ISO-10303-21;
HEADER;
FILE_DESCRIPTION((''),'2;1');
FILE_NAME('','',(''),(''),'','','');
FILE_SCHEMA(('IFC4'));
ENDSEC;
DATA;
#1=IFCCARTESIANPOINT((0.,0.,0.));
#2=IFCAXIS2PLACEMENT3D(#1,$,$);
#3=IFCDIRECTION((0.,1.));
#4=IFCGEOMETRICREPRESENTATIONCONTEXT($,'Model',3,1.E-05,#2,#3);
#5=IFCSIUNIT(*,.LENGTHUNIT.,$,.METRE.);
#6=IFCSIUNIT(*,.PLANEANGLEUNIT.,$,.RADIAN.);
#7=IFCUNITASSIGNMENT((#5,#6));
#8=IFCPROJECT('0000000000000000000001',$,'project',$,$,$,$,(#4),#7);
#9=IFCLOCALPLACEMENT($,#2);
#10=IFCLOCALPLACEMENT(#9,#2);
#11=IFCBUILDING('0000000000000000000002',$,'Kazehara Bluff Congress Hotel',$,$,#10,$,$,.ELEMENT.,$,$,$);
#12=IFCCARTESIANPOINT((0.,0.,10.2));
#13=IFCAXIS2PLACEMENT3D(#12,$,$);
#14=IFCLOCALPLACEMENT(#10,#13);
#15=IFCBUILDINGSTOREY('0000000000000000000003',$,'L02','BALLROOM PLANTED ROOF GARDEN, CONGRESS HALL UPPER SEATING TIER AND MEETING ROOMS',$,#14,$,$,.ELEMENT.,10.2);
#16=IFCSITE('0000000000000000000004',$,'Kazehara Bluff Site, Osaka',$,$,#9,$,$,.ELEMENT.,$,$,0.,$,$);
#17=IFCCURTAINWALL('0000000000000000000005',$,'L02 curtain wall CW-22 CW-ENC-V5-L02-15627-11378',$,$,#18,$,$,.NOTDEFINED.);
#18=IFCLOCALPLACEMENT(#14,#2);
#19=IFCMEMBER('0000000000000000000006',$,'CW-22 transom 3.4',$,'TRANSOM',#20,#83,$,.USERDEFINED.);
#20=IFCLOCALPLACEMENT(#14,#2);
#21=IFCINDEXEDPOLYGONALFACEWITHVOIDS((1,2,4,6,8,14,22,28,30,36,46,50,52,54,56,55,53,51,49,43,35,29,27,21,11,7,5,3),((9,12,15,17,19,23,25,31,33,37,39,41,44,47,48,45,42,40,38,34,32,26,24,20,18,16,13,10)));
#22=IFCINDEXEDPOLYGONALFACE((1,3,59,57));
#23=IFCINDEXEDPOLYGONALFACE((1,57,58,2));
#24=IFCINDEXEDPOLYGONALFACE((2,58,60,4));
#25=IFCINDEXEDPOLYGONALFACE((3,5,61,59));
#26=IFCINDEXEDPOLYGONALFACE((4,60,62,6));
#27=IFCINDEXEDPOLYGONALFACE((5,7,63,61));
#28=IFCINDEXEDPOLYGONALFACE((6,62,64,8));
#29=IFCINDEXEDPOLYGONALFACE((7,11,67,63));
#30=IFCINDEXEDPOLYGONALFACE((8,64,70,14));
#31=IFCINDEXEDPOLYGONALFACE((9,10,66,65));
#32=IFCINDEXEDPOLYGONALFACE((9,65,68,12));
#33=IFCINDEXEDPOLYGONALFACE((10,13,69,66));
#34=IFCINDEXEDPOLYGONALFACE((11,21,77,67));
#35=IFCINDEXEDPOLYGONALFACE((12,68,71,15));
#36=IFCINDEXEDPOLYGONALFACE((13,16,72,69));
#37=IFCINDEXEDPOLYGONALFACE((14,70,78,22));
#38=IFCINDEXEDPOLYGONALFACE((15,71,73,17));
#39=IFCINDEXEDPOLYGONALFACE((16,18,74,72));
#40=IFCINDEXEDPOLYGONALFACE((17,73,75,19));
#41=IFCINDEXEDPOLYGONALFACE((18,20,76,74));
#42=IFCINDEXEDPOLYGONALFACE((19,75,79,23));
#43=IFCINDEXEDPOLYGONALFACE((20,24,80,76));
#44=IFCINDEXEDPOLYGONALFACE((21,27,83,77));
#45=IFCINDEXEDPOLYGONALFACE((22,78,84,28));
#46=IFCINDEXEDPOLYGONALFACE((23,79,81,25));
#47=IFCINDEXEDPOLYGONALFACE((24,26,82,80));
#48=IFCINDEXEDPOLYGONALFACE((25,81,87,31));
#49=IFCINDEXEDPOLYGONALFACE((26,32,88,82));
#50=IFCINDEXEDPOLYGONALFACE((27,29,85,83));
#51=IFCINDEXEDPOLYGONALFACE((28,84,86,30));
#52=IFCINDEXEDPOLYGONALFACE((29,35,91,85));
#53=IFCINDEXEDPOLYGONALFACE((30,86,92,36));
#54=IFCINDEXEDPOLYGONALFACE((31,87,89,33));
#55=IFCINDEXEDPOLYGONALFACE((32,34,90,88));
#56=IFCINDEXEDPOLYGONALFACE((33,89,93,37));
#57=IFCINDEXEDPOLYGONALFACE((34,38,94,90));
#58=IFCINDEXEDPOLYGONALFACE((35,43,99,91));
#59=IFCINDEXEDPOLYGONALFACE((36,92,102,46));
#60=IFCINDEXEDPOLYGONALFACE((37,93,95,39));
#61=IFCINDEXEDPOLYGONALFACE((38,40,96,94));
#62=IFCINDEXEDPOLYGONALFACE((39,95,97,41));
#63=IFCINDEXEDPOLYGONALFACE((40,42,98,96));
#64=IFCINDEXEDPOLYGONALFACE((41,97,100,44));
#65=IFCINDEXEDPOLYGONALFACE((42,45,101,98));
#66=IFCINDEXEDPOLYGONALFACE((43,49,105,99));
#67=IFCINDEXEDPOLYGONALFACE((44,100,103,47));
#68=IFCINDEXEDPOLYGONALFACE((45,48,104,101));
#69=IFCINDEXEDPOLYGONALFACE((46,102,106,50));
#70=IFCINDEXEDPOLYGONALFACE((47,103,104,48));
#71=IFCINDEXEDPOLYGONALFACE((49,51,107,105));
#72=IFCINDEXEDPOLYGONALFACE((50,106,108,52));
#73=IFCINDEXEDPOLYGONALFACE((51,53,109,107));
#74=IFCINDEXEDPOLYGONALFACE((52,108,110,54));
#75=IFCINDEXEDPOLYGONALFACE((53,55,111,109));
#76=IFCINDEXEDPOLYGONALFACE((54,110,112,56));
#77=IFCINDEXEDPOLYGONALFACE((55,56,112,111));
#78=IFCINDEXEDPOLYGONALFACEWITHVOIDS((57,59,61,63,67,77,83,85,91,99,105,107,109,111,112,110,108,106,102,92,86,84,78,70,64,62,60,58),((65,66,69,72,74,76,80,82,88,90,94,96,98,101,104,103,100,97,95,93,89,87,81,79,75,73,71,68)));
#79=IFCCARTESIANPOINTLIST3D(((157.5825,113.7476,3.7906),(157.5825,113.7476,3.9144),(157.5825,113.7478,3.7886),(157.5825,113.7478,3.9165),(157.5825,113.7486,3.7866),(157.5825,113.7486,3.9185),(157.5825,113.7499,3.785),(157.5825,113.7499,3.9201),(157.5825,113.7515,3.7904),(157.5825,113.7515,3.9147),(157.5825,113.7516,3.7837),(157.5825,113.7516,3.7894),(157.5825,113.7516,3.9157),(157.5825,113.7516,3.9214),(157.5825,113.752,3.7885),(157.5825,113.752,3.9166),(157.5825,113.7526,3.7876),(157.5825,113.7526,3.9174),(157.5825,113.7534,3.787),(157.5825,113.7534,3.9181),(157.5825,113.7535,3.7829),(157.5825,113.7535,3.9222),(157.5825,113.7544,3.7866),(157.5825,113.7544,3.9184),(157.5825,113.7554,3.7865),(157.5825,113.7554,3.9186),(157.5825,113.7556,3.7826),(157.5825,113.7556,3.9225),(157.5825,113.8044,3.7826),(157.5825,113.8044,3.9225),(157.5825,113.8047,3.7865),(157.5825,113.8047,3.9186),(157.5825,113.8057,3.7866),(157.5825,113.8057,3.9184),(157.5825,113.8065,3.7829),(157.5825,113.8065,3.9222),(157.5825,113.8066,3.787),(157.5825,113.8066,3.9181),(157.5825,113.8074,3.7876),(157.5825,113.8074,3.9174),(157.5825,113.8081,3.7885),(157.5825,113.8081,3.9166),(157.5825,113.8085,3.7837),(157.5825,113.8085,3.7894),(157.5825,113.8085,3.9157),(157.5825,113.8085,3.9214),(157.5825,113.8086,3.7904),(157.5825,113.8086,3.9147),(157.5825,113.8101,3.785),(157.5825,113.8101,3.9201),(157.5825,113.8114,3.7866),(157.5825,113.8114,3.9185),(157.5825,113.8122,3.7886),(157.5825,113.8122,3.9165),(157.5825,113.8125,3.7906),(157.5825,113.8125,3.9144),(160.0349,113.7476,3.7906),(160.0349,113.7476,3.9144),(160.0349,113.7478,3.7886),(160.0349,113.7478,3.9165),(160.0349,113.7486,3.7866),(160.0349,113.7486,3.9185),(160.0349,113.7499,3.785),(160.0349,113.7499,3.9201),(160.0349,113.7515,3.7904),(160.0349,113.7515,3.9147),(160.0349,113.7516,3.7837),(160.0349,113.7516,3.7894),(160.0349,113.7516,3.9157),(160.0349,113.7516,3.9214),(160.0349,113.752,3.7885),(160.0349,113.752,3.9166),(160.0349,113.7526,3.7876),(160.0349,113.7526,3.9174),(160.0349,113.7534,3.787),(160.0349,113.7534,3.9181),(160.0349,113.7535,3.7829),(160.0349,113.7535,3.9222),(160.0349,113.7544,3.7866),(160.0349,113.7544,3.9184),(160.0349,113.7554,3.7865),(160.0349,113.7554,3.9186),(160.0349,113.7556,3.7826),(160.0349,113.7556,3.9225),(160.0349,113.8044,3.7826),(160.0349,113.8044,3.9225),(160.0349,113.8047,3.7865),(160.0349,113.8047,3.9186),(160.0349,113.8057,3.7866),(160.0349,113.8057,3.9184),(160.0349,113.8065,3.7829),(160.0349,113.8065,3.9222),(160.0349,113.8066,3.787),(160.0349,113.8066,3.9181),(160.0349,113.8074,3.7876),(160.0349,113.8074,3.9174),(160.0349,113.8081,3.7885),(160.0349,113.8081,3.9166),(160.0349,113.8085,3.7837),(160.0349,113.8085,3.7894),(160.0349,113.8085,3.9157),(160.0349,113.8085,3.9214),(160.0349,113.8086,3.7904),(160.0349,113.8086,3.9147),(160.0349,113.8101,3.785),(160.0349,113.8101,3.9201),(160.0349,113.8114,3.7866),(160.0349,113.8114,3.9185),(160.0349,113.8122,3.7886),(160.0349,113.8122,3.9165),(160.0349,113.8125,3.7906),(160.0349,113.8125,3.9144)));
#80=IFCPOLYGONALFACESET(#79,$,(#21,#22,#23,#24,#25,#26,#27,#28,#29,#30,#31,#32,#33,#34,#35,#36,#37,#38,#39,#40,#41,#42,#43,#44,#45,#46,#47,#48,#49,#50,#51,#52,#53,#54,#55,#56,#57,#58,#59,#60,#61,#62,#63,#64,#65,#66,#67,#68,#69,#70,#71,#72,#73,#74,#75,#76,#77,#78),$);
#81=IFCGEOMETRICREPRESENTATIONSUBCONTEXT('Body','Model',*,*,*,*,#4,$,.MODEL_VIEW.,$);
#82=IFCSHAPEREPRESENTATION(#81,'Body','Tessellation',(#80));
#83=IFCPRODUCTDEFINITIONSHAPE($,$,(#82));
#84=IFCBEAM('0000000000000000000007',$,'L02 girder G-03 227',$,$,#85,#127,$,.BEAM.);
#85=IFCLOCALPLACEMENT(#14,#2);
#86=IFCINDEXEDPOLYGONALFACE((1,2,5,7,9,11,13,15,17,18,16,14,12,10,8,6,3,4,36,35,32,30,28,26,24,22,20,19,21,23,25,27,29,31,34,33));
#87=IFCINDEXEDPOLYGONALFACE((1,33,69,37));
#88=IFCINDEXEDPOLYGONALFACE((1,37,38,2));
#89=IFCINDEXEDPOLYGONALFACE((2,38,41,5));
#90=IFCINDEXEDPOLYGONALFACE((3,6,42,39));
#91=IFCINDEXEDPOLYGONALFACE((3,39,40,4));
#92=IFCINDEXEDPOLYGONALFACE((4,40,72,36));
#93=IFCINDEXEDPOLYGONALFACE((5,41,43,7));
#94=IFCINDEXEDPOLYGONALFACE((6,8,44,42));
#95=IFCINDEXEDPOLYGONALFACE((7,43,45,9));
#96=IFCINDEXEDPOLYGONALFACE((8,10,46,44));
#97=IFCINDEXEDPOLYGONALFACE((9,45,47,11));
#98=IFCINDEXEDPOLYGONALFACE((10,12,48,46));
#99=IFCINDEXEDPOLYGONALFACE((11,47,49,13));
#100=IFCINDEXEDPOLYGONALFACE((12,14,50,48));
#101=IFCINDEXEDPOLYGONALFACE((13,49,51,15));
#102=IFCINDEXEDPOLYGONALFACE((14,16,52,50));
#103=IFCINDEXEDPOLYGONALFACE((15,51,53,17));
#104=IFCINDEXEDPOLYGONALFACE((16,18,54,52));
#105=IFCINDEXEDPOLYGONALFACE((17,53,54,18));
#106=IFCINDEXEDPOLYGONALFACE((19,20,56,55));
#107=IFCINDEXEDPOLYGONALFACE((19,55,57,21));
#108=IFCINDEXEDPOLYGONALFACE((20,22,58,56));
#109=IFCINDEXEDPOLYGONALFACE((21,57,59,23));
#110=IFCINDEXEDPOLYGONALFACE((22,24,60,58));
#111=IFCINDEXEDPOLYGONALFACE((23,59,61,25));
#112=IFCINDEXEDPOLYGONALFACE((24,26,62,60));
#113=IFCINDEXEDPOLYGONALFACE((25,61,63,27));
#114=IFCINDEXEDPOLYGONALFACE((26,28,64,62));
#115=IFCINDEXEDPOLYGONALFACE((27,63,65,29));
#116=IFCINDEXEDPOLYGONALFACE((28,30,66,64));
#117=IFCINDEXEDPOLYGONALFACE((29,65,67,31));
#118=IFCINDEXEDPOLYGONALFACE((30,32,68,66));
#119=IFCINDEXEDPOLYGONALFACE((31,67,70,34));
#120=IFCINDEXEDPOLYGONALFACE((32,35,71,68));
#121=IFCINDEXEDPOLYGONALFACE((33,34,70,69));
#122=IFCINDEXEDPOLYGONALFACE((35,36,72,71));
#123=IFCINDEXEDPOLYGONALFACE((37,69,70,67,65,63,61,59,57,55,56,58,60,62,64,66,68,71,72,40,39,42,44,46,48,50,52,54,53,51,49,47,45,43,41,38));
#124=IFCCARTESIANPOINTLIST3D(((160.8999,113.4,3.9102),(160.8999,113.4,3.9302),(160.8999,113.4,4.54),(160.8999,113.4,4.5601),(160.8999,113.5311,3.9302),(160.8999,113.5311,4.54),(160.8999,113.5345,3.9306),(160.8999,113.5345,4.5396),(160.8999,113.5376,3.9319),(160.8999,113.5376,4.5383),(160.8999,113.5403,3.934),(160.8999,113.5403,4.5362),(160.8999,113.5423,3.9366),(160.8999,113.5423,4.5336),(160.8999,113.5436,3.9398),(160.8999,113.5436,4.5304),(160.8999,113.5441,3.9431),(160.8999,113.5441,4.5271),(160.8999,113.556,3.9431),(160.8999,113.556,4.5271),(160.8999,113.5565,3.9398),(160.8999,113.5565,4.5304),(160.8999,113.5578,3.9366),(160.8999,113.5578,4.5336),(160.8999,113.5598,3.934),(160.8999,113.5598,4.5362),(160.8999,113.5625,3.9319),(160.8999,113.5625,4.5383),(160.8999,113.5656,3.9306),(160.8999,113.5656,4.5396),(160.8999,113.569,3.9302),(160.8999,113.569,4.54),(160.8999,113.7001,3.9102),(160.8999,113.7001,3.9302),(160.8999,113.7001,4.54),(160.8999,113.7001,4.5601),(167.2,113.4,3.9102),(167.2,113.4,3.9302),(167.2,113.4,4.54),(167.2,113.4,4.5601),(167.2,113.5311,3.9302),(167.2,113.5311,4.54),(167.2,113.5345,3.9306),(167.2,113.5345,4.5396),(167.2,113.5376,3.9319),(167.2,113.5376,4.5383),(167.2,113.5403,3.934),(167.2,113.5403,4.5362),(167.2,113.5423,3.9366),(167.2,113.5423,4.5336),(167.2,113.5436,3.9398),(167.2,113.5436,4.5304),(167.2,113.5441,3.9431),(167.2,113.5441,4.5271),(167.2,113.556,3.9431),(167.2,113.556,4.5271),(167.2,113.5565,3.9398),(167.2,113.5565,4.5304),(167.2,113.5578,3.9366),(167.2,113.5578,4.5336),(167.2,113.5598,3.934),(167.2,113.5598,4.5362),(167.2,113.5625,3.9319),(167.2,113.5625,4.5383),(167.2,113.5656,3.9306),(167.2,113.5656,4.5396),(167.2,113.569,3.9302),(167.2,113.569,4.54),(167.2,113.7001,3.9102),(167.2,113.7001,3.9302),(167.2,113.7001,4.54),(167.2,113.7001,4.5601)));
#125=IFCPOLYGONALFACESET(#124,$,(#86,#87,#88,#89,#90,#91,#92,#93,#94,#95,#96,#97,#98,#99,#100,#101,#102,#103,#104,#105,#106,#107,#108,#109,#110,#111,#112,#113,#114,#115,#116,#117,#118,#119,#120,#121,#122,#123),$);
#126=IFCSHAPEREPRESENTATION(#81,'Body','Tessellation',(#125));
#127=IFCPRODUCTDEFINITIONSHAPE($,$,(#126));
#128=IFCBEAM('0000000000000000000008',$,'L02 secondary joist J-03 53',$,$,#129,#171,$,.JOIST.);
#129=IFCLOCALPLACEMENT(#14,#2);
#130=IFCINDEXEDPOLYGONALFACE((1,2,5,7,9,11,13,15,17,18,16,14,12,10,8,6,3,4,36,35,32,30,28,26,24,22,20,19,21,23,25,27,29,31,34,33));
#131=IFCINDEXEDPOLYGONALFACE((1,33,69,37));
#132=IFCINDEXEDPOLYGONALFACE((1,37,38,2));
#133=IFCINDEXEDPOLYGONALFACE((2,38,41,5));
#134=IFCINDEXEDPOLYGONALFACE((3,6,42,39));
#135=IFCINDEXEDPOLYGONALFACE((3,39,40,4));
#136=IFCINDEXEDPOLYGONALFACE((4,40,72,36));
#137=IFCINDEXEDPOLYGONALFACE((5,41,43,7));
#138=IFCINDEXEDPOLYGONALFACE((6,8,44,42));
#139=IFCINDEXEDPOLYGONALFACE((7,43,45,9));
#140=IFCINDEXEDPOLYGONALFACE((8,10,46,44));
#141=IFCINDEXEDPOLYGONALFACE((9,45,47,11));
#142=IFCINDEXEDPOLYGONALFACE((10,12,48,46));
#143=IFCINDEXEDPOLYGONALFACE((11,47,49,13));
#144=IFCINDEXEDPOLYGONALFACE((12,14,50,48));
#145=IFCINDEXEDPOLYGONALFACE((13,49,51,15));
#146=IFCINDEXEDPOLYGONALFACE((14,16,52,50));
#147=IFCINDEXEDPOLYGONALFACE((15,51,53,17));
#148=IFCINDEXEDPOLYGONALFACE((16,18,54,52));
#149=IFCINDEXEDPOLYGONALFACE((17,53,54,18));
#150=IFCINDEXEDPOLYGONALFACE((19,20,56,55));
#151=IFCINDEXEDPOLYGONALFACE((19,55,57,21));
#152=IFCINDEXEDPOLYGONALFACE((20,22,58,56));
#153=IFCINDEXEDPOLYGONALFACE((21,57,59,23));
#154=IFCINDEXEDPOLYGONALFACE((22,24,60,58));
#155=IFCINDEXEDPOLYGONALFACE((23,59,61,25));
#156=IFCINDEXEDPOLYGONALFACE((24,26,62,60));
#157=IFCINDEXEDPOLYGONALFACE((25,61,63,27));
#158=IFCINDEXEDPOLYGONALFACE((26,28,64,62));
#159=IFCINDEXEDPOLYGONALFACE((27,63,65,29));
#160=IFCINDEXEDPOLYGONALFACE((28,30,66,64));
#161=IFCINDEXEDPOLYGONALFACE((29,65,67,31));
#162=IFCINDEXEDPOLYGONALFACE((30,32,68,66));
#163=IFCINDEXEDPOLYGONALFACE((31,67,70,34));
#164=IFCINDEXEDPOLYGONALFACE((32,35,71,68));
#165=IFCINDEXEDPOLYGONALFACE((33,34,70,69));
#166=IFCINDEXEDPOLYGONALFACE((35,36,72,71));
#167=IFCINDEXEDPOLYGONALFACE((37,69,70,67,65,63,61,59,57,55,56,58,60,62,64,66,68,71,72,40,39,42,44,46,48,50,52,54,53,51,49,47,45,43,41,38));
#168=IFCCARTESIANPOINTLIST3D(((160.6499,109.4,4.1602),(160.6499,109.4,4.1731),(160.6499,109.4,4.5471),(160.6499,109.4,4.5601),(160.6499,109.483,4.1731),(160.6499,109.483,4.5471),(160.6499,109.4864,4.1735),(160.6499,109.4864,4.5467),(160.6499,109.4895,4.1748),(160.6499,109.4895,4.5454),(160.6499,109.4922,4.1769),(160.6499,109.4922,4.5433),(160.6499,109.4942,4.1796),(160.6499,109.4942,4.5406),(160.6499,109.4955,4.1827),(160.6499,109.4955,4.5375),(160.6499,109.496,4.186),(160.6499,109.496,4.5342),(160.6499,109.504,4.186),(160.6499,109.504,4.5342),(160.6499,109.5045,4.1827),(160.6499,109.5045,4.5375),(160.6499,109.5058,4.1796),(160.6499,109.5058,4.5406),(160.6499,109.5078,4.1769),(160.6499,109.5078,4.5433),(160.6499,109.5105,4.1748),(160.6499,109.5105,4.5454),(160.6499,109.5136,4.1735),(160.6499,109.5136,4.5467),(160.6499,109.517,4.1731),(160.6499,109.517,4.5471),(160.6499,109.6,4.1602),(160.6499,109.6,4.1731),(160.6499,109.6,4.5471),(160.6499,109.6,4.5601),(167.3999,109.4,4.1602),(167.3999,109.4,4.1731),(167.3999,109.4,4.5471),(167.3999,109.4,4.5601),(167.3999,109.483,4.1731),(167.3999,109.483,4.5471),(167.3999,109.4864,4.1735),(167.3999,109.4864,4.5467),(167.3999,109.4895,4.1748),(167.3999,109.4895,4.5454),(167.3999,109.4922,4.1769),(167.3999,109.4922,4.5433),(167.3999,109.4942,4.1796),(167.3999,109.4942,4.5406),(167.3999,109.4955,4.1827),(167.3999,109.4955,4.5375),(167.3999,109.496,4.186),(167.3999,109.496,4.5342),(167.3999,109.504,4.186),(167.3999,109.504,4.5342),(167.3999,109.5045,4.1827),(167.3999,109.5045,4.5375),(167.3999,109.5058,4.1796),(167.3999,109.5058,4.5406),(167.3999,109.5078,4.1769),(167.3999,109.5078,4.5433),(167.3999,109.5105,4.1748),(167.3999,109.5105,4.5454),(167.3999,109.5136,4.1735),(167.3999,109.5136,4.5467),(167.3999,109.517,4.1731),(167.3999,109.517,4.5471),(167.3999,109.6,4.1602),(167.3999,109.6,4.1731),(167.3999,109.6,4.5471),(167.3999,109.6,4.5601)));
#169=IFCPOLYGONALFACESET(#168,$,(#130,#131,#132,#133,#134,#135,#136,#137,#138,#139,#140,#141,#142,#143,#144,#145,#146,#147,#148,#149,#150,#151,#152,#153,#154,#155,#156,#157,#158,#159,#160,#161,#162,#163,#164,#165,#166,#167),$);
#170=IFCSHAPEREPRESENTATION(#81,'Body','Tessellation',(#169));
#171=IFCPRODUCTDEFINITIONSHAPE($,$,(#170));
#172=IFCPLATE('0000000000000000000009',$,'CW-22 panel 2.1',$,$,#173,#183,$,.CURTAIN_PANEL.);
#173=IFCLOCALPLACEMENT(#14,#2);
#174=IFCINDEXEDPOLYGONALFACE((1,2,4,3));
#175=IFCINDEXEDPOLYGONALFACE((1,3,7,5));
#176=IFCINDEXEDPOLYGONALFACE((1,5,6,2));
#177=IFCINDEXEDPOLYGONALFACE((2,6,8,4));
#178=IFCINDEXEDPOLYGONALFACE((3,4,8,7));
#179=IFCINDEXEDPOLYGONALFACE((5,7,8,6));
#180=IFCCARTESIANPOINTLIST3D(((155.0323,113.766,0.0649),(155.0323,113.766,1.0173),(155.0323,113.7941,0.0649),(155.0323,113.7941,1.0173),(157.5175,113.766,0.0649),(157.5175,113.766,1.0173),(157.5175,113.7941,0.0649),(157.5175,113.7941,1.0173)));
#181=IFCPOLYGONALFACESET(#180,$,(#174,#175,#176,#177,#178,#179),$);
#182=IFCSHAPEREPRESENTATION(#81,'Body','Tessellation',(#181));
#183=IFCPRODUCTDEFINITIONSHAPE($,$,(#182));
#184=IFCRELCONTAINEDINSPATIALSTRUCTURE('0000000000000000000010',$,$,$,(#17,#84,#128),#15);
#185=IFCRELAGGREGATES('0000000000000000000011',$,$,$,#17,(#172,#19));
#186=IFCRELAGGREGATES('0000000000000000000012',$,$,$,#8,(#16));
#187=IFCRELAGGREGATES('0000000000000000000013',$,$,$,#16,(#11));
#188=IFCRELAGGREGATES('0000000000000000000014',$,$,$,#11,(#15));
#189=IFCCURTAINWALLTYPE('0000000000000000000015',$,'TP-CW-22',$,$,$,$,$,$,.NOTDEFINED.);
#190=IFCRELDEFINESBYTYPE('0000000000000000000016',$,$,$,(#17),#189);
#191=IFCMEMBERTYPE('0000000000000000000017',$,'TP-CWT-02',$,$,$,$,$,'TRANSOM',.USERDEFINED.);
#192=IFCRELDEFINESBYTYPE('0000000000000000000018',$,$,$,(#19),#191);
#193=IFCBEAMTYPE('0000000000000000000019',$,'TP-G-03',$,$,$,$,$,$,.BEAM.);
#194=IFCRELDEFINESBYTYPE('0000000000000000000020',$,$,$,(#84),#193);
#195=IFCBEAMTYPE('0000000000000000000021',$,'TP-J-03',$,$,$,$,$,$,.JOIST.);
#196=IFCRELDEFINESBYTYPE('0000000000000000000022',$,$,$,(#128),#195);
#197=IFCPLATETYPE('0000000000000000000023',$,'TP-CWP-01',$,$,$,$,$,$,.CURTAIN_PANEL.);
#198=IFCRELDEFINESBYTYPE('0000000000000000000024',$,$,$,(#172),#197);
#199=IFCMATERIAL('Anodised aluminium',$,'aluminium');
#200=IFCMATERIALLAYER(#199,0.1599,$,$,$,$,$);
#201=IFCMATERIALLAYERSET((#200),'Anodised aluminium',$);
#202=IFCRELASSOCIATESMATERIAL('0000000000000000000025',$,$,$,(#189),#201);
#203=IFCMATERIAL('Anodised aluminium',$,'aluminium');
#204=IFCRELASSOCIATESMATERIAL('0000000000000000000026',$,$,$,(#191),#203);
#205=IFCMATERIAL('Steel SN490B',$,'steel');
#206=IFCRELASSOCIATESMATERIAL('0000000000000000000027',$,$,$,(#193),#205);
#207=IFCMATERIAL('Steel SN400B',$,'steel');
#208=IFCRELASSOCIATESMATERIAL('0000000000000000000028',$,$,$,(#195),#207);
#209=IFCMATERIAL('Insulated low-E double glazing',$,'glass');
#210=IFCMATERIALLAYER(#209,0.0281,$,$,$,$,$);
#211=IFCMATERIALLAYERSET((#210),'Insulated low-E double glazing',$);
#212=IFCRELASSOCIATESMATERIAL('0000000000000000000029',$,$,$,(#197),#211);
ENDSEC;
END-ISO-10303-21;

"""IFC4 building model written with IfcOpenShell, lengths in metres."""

from ifc_helpers import new_model, si_unit, direction, frame, origin, origin_2d, place, context, subcontext, project, spatial, rectangle, hollow_rectangle, i_section, extrude, material, layer, layer_set, material_profile, profile_set, type_object, element, aggregate, save


model = new_model("IFC4")

# Units and contexts
model_context = context("Model", 3, precision=1e-05, world=origin(), true_north=direction((0.0, 1.0)))
body_context = subcontext(model_context, "Body", "Model", "MODEL_VIEW")
ifc_project = project(units=[si_unit("LENGTHUNIT", "METRE"), si_unit("PLANEANGLEUNIT", "RADIAN")], contexts=[model_context])

# Site, building, storey
site_placement = place(None, origin())
site = spatial("IfcSite", under=ifc_project, at=site_placement, Name="Kazehara Bluff Site, Osaka", CompositionType="ELEMENT", RefElevation=0.0)
building_placement = place(site_placement, origin())
building = spatial("IfcBuilding", under=site, at=building_placement, Name="Kazehara Bluff Congress Hotel", CompositionType="ELEMENT")
storey_placement = place(building_placement, frame((0.0, 0.0, 10.2)))
storey = spatial("IfcBuildingStorey", under=building, at=storey_placement, Name="L02", Description="BALLROOM PLANTED ROOF GARDEN, CONGRESS HALL UPPER SEATING TIER AND MEETING ROOMS", CompositionType="ELEMENT", Elevation=10.2)

# Curtain wall
ifc_material_1 = material(Name="Anodised aluminium", Category="aluminium")
ifc_layer_1 = layer(ifc_material_1, 0.1599)
ifc_layer_set_1 = layer_set([ifc_layer_1], Name="Anodised aluminium")
curtain_wall_type_1 = type_object("IfcCurtainWallType", Name="TP-CW-22", PredefinedType="NOTDEFINED", material=ifc_layer_set_1)
curtain_wall_1_placement = place(storey_placement, origin())
curtain_wall_1 = element("IfcCurtainWall", 1, at=curtain_wall_1_placement, inside=storey, type_object=curtain_wall_type_1, Name="L02 curtain wall CW-22 CW-ENC-V5-L02-15627-11378", PredefinedType="NOTDEFINED")

# Member
ifc_material_2 = material(Name="Anodised aluminium", Category="aluminium")
ifc_material_profile_1 = material_profile(ifc_material_2, hollow_rectangle(XDim=0.0649, YDim=0.1399, WallThickness=0.0039, InnerFilletRadius=0.0039, OuterFilletRadius=0.0081, at=origin_2d()))
ifc_profile_set_1 = profile_set([ifc_material_profile_1], Name="Anodised aluminium")
member_type_1 = type_object("IfcMemberType", Name="TP-CWT-02", ElementType="TRANSOM", PredefinedType="USERDEFINED", material=ifc_profile_set_1)
member_1_placement = place(storey_placement, frame((157.5825, 113.78, 3.8525), z_axis=(1.0, 0.0, 0.0), x_axis=(0.0, 1.0, 0.0)))
member_1 = element("IfcMember", 2, at=member_1_placement, type_object=member_type_1, Name="CW-22 transom 3.4", ObjectType="TRANSOM", PredefinedType="USERDEFINED", context=body_context, shape_type="SweptSolid", body=[
    extrude(hollow_rectangle(XDim=0.0649, YDim=0.1399, WallThickness=0.0039, InnerFilletRadius=0.0039, OuterFilletRadius=0.0081, at=origin_2d()), origin(), (0.0, 0.0, 1.0), 2.4524),
])

# Beams
ifc_material_3 = material(Name="Steel SN490B", Category="steel")
ifc_material_profile_2 = material_profile(ifc_material_3, i_section(OverallWidth=0.3, OverallDepth=0.6499, WebThickness=0.012, FlangeThickness=0.02, FilletRadius=0.0129, at=origin_2d()))
ifc_profile_set_2 = profile_set([ifc_material_profile_2], Name="Steel SN490B")
beam_type_1 = type_object("IfcBeamType", Name="TP-G-03", PredefinedType="BEAM", material=ifc_profile_set_2)
beam_1_placement = place(storey_placement, frame((160.8999, 113.55, 4.2351), z_axis=(1.0, 0.0, 0.0), x_axis=(0.0, 1.0, 0.0)))
element("IfcBeam", 3, at=beam_1_placement, inside=storey, type_object=beam_type_1, Name="L02 girder G-03 227", PredefinedType="BEAM", context=body_context, shape_type="SweptSolid", body=[
    extrude(i_section(OverallWidth=0.3, OverallDepth=0.6499, WebThickness=0.012, FlangeThickness=0.02, FilletRadius=0.0129, at=origin_2d()), origin(), (0.0, 0.0, 1.0), 6.3),
])
ifc_material_4 = material(Name="Steel SN400B", Category="steel")
ifc_material_profile_3 = material_profile(ifc_material_4, i_section(OverallWidth=0.2, OverallDepth=0.3999, WebThickness=0.0081, FlangeThickness=0.0129, FilletRadius=0.0129, at=origin_2d()))
ifc_profile_set_3 = profile_set([ifc_material_profile_3], Name="Steel SN400B")
beam_type_2 = type_object("IfcBeamType", Name="TP-J-03", PredefinedType="JOIST", material=ifc_profile_set_3)
beam_2_placement = place(storey_placement, frame((160.6499, 109.5, 4.3601), z_axis=(1.0, 0.0, 0.0), x_axis=(0.0, 1.0, 0.0)))
element("IfcBeam", 4, at=beam_2_placement, inside=storey, type_object=beam_type_2, Name="L02 secondary joist J-03 53", PredefinedType="JOIST", context=body_context, shape_type="SweptSolid", body=[
    extrude(i_section(OverallWidth=0.2, OverallDepth=0.3999, WebThickness=0.0081, FlangeThickness=0.0129, FilletRadius=0.0129, at=origin_2d()), origin(), (0.0, 0.0, 1.0), 6.75),
])

# Plate
ifc_material_5 = material(Name="Insulated low-E double glazing", Category="glass")
ifc_layer_2 = layer(ifc_material_5, 0.0281)
ifc_layer_set_2 = layer_set([ifc_layer_2], Name="Insulated low-E double glazing")
plate_type = type_object("IfcPlateType", Name="TP-CWP-01", PredefinedType="CURTAIN_PANEL", material=ifc_layer_set_2)
plate_1_placement = place(storey_placement, frame((156.2749, 113.78, 0.0649), z_axis=(0.0, 0.0, 1.0), x_axis=(1.0, 0.0, 0.0)))
plate_1 = element("IfcPlate", 5, at=plate_1_placement, type_object=plate_type, Name="CW-22 panel 2.1", PredefinedType="CURTAIN_PANEL", context=body_context, shape_type="SweptSolid", body=[
    extrude(rectangle(XDim=2.4851, YDim=0.0281, at=origin_2d()), origin(), (0.0, 0.0, 1.0), 0.9524),
])
aggregate(curtain_wall_1, [plate_1, member_1])

save(model, "model.ifc")
